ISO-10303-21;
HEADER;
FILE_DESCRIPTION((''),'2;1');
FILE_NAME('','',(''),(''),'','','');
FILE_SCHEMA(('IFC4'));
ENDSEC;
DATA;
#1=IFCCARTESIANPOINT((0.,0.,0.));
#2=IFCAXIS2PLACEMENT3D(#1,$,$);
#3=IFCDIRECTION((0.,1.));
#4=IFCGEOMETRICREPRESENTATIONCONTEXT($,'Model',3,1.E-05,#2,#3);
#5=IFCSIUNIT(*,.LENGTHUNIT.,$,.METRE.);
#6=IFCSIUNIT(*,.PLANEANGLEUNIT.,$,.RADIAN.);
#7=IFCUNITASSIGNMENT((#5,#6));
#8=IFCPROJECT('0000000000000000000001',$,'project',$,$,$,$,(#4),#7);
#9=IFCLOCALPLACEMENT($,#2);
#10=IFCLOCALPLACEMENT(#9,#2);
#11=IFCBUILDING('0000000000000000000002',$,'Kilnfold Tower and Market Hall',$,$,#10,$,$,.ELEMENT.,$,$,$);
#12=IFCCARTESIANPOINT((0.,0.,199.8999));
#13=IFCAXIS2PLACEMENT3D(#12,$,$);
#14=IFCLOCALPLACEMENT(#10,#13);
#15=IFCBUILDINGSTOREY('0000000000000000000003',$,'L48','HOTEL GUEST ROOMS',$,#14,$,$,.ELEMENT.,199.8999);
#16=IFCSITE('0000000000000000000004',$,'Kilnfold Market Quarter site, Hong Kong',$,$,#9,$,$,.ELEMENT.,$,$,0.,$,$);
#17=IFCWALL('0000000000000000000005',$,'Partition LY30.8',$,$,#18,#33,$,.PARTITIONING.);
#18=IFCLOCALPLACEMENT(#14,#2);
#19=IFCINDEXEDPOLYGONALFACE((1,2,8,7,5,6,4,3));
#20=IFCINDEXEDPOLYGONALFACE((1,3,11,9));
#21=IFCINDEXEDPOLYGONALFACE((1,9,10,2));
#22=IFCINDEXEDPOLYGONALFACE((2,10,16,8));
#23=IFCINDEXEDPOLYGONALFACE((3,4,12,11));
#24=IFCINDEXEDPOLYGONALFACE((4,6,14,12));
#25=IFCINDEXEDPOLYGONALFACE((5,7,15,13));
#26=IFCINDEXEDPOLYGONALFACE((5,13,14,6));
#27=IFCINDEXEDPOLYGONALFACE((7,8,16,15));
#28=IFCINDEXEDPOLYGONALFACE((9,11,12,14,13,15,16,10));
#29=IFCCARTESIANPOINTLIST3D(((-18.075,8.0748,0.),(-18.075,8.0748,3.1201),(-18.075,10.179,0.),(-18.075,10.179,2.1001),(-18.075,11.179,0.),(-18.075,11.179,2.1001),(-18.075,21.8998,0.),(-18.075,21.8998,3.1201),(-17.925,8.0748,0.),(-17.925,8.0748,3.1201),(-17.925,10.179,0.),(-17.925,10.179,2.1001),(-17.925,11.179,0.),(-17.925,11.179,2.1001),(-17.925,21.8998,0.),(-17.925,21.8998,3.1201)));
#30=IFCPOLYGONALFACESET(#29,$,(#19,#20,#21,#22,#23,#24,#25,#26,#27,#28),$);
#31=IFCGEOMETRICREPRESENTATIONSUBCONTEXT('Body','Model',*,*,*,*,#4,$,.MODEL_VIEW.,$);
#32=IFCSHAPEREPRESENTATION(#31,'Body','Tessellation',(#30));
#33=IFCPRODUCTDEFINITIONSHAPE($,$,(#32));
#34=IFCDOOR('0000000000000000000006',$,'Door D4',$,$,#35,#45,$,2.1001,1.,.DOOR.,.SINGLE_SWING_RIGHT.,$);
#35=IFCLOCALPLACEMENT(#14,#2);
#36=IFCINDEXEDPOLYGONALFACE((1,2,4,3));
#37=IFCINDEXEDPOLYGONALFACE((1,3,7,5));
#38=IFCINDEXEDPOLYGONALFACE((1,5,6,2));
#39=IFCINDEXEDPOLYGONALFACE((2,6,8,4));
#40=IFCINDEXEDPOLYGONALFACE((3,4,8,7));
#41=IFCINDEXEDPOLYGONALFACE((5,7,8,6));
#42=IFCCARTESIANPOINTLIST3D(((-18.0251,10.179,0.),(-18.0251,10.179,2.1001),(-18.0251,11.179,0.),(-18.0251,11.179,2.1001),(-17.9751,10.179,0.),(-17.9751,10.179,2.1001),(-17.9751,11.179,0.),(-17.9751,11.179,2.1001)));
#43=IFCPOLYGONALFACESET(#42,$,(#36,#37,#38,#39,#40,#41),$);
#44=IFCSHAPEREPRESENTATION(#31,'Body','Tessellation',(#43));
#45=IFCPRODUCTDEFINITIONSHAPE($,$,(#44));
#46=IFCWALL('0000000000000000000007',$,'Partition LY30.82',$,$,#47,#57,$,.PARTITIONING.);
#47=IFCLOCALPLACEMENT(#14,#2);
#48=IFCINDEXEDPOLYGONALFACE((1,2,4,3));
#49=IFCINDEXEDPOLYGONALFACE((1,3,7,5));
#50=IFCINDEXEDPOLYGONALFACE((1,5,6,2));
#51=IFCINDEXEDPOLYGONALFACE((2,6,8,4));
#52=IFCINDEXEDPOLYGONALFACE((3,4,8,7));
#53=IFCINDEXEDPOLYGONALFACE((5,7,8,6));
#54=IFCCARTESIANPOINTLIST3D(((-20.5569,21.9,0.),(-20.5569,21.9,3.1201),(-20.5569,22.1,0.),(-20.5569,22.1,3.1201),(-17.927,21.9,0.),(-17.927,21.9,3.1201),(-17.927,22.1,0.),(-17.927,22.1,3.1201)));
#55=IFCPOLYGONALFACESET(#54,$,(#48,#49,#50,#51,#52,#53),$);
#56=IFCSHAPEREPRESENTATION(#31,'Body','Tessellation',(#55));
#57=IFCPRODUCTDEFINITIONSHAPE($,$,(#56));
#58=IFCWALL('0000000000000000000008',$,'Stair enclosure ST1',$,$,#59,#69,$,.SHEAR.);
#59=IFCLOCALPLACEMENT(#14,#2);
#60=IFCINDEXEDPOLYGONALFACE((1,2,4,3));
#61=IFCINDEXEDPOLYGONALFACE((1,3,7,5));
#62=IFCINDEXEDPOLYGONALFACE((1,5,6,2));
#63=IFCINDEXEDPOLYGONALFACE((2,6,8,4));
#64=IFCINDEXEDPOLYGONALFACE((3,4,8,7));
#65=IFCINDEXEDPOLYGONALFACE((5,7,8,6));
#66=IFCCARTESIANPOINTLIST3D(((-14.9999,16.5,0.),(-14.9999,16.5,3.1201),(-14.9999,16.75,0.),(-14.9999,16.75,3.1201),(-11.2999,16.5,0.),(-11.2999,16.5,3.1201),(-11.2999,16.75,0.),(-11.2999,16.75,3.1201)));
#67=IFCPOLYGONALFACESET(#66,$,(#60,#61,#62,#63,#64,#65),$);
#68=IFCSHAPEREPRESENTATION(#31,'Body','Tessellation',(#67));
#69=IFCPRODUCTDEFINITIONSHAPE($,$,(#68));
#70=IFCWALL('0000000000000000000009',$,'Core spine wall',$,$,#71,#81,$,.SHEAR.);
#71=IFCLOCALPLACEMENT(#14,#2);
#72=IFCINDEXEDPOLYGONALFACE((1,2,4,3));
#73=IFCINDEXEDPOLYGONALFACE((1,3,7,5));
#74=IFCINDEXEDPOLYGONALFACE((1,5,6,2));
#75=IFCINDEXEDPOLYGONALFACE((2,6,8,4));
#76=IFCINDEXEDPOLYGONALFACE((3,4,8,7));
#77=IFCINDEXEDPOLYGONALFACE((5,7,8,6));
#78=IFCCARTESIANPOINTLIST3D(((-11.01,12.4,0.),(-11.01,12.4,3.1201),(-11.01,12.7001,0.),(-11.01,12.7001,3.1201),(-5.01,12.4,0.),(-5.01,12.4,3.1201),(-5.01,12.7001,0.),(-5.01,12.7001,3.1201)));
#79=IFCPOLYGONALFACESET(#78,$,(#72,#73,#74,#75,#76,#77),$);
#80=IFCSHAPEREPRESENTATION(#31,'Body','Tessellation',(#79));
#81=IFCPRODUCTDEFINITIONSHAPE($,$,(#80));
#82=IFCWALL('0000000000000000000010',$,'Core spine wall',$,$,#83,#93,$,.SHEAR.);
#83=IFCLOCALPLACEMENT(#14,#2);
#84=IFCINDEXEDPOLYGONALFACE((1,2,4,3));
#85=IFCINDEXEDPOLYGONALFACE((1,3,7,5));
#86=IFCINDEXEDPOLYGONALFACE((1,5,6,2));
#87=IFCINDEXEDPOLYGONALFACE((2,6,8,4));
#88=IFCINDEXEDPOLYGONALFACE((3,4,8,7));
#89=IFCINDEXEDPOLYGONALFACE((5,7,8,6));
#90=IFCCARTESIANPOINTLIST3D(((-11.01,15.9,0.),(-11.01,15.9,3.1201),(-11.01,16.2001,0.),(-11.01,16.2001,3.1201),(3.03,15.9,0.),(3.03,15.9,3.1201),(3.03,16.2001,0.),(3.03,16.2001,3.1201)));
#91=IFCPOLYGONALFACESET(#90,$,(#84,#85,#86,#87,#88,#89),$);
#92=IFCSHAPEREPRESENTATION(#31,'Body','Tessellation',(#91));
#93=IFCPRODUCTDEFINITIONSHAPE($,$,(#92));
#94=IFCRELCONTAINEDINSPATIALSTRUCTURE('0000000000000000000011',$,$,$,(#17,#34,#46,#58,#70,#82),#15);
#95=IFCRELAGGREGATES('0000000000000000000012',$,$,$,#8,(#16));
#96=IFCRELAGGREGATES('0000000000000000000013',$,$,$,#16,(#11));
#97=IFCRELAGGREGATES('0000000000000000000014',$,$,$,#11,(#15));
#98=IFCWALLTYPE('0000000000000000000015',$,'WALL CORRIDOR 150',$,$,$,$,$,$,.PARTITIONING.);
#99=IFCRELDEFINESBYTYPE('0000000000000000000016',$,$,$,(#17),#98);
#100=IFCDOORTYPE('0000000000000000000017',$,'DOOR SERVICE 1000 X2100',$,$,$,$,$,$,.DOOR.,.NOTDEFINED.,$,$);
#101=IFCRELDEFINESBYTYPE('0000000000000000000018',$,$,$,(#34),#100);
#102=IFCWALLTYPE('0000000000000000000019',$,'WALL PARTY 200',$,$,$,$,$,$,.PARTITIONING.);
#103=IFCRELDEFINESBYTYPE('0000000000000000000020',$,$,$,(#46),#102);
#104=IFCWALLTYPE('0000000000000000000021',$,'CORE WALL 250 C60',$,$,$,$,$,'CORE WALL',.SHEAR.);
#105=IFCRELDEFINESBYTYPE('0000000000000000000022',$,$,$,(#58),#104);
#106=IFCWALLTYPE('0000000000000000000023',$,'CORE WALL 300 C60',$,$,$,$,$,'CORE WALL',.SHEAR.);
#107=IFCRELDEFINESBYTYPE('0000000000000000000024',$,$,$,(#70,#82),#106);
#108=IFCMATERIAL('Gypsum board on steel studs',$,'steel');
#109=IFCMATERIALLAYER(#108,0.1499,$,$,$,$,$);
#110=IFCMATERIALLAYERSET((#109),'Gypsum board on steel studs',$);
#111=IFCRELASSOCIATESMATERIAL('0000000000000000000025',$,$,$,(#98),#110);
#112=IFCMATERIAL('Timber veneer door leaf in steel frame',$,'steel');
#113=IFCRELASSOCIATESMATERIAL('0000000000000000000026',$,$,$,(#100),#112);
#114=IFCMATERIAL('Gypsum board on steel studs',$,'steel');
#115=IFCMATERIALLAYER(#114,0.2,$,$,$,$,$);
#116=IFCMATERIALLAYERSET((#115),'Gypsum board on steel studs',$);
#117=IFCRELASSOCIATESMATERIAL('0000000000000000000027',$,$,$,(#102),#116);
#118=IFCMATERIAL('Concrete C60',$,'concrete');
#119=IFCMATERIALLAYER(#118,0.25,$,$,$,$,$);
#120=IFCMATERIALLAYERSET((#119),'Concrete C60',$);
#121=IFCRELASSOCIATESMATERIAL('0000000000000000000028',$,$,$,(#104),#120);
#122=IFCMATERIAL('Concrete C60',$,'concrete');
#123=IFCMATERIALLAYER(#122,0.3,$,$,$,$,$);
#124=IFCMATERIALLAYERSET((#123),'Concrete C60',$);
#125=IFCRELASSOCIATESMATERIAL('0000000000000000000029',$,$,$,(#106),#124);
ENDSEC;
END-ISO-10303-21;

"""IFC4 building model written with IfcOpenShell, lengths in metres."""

from ifc_helpers import new_model, si_unit, direction, frame, frame_2d, origin, place, context, subcontext, project, spatial, rectangle, extrude, source, transform, mapped, material, layer, layer_set, type_object, element, fill, save


model = new_model("IFC4")

# Units and contexts
model_context = context("Model", 3, precision=1e-05, world=origin(), true_north=direction((0.0, 1.0)))
body_context = subcontext(model_context, "Body", "Model", "MODEL_VIEW")
ifc_project = project(units=[si_unit("LENGTHUNIT", "METRE"), si_unit("PLANEANGLEUNIT", "RADIAN")], contexts=[model_context])

# Site, building, storey
site_placement = place(None, origin())
site = spatial("IfcSite", under=ifc_project, at=site_placement, Name="Kilnfold Market Quarter site, Hong Kong", CompositionType="ELEMENT", RefElevation=0.0)
building_placement = place(site_placement, origin())
building = spatial("IfcBuilding", under=site, at=building_placement, Name="Kilnfold Tower and Market Hall", CompositionType="ELEMENT")
storey_placement = place(building_placement, frame((0.0, 0.0, 199.8999)))
storey = spatial("IfcBuildingStorey", under=building, at=storey_placement, Name="L48", Description="HOTEL GUEST ROOMS", CompositionType="ELEMENT", Elevation=199.8999)

# Wall, opening, door
ifc_material_1 = material(Name="Gypsum board on steel studs", Category="steel")
ifc_layer_1 = layer(ifc_material_1, 0.1499)
ifc_layer_set_1 = layer_set([ifc_layer_1], Name="Gypsum board on steel studs")
wall_type_1 = type_object("IfcWallType", Name="WALL CORRIDOR 150", PredefinedType="PARTITIONING", material=ifc_layer_set_1)
wall_1_placement = place(storey_placement, frame((-18.0, 21.8999, 0.0), z_axis=(0.0, 0.0, 1.0), x_axis=(0.0, -1.0, 0.0)))
wall_1 = element("IfcWall", 1, at=wall_1_placement, inside=storey, type_object=wall_type_1, Name="Partition LY30.8", PredefinedType="PARTITIONING", context=body_context, shape_type="SweptSolid", body=[
    extrude(rectangle(XDim=13.825, YDim=0.1499, at=frame_2d((6.9126, 0.0))), origin(), (0.0, 0.0, 1.0), 3.1201),
])
opening_1_placement = place(wall_1_placement, frame((10.7209, 0.0, 0.0)))
opening_1 = element("IfcOpeningElement", 2, at=opening_1_placement, cuts=wall_1, PredefinedType="OPENING", context=body_context, shape_type="SweptSolid", body=[
    extrude(rectangle(XDim=1.0, YDim=2.1001, at=frame_2d((0.5, 1.05))), frame((0.0, 0.085, 0.0), z_axis=(0.0, -1.0, 0.0), x_axis=(1.0, 0.0, 0.0)), (0.0, 0.0, 1.0), 0.1699),
])
ifc_material_2 = material(Name="Timber veneer door leaf in steel frame", Category="steel")
door_type_1 = type_object("IfcDoorType", Name="DOOR SERVICE 1000 X2100", OperationType="NOTDEFINED", PredefinedType="DOOR", material=ifc_material_2)
door_1_placement = place(opening_1_placement, origin())
door_1 = element("IfcDoor", 3, at=door_1_placement, inside=storey, type_object=door_type_1, Name="Door D4", OperationType="SINGLE_SWING_RIGHT", OverallHeight=2.1001, OverallWidth=1.0, PredefinedType="DOOR", context=body_context, shape_type="SweptSolid", body=[
    extrude(rectangle(XDim=1.0, YDim=2.1001, at=frame_2d((0.5, 1.05))), frame((0.0, 0.0249, 0.0), z_axis=(0.0, -1.0, 0.0), x_axis=(1.0, 0.0, 0.0)), (0.0, 0.0, 1.0), 0.05),
])
fill(opening_1, door_1)

# Walls
ifc_material_3 = material(Name="Gypsum board on steel studs", Category="steel")
ifc_layer_2 = layer(ifc_material_3, 0.2)
ifc_layer_set_2 = layer_set([ifc_layer_2], Name="Gypsum board on steel studs")
wall_type_2 = type_object("IfcWallType", Name="WALL PARTY 200", PredefinedType="PARTITIONING", material=ifc_layer_set_2)
wall_2_placement = place(storey_placement, frame((-17.927, 22.0, 0.0), z_axis=(0.0, 0.0, 1.0), x_axis=(-1.0, 0.0, 0.0)))
element("IfcWall", 4, at=wall_2_placement, inside=storey, type_object=wall_type_2, Name="Partition LY30.82", PredefinedType="PARTITIONING", context=body_context, shape_type="SweptSolid", body=[
    extrude(rectangle(XDim=2.6299, YDim=0.2, at=frame_2d((1.3149, 0.0))), origin(), (0.0, 0.0, 1.0), 3.1201),
])
ifc_material_4 = material(Name="Concrete C60", Category="concrete")
ifc_layer_3 = layer(ifc_material_4, 0.25)
ifc_layer_set_3 = layer_set([ifc_layer_3], Name="Concrete C60")
wall_type_3 = type_object("IfcWallType", Name="CORE WALL 250 C60", ElementType="CORE WALL", PredefinedType="SHEAR", material=ifc_layer_set_3)
shared_shape_1 = source(origin(), body_context, "Body", "SweptSolid", [
    extrude(rectangle(XDim=3.7, YDim=0.25, at=frame_2d((1.8501, 0.0))), origin(), (0.0, 0.0, 1.0), 3.1201),
])
wall_3_placement = place(storey_placement, frame((-15.0, 16.625, 0.0), z_axis=(0.0, 0.0, 1.0), x_axis=(1.0, 0.0, 0.0)))
element("IfcWall", 5, at=wall_3_placement, inside=storey, type_object=wall_type_3, Name="Stair enclosure ST1", PredefinedType="SHEAR", context=body_context, shape_type="MappedRepresentation", body=[
    mapped(shared_shape_1, transform((0.0, 0.0, 0.0))),
])
ifc_material_5 = material(Name="Concrete C60", Category="concrete")
ifc_layer_4 = layer(ifc_material_5, 0.3)
ifc_layer_set_4 = layer_set([ifc_layer_4], Name="Concrete C60")
wall_type_4 = type_object("IfcWallType", Name="CORE WALL 300 C60", ElementType="CORE WALL", PredefinedType="SHEAR", material=ifc_layer_set_4)
shared_shape_2 = source(origin(), body_context, "Body", "SweptSolid", [
    extrude(rectangle(XDim=6.0, YDim=0.3, at=frame_2d((3.0, 0.0))), origin(), (0.0, 0.0, 1.0), 3.1201),
])
wall_4_placement = place(storey_placement, frame((-11.01, 12.55, 0.0), z_axis=(0.0, 0.0, 1.0), x_axis=(1.0, 0.0, 0.0)))
element("IfcWall", 6, at=wall_4_placement, inside=storey, type_object=wall_type_4, Name="Core spine wall", PredefinedType="SHEAR", context=body_context, shape_type="MappedRepresentation", body=[
    mapped(shared_shape_2, transform((0.0, 0.0, 0.0))),
])
shared_shape_3 = source(origin(), body_context, "Body", "SweptSolid", [
    extrude(rectangle(XDim=14.04, YDim=0.3, at=frame_2d((7.02, 0.0))), origin(), (0.0, 0.0, 1.0), 3.1201),
])
wall_5_placement = place(storey_placement, frame((-11.01, 16.05, 0.0), z_axis=(0.0, 0.0, 1.0), x_axis=(1.0, 0.0, 0.0)))
element("IfcWall", 7, at=wall_5_placement, inside=storey, type_object=wall_type_4, Name="Core spine wall", PredefinedType="SHEAR", context=body_context, shape_type="MappedRepresentation", body=[
    mapped(shared_shape_3, transform((0.0, 0.0, 0.0))),
])

save(model, "model.ifc")
